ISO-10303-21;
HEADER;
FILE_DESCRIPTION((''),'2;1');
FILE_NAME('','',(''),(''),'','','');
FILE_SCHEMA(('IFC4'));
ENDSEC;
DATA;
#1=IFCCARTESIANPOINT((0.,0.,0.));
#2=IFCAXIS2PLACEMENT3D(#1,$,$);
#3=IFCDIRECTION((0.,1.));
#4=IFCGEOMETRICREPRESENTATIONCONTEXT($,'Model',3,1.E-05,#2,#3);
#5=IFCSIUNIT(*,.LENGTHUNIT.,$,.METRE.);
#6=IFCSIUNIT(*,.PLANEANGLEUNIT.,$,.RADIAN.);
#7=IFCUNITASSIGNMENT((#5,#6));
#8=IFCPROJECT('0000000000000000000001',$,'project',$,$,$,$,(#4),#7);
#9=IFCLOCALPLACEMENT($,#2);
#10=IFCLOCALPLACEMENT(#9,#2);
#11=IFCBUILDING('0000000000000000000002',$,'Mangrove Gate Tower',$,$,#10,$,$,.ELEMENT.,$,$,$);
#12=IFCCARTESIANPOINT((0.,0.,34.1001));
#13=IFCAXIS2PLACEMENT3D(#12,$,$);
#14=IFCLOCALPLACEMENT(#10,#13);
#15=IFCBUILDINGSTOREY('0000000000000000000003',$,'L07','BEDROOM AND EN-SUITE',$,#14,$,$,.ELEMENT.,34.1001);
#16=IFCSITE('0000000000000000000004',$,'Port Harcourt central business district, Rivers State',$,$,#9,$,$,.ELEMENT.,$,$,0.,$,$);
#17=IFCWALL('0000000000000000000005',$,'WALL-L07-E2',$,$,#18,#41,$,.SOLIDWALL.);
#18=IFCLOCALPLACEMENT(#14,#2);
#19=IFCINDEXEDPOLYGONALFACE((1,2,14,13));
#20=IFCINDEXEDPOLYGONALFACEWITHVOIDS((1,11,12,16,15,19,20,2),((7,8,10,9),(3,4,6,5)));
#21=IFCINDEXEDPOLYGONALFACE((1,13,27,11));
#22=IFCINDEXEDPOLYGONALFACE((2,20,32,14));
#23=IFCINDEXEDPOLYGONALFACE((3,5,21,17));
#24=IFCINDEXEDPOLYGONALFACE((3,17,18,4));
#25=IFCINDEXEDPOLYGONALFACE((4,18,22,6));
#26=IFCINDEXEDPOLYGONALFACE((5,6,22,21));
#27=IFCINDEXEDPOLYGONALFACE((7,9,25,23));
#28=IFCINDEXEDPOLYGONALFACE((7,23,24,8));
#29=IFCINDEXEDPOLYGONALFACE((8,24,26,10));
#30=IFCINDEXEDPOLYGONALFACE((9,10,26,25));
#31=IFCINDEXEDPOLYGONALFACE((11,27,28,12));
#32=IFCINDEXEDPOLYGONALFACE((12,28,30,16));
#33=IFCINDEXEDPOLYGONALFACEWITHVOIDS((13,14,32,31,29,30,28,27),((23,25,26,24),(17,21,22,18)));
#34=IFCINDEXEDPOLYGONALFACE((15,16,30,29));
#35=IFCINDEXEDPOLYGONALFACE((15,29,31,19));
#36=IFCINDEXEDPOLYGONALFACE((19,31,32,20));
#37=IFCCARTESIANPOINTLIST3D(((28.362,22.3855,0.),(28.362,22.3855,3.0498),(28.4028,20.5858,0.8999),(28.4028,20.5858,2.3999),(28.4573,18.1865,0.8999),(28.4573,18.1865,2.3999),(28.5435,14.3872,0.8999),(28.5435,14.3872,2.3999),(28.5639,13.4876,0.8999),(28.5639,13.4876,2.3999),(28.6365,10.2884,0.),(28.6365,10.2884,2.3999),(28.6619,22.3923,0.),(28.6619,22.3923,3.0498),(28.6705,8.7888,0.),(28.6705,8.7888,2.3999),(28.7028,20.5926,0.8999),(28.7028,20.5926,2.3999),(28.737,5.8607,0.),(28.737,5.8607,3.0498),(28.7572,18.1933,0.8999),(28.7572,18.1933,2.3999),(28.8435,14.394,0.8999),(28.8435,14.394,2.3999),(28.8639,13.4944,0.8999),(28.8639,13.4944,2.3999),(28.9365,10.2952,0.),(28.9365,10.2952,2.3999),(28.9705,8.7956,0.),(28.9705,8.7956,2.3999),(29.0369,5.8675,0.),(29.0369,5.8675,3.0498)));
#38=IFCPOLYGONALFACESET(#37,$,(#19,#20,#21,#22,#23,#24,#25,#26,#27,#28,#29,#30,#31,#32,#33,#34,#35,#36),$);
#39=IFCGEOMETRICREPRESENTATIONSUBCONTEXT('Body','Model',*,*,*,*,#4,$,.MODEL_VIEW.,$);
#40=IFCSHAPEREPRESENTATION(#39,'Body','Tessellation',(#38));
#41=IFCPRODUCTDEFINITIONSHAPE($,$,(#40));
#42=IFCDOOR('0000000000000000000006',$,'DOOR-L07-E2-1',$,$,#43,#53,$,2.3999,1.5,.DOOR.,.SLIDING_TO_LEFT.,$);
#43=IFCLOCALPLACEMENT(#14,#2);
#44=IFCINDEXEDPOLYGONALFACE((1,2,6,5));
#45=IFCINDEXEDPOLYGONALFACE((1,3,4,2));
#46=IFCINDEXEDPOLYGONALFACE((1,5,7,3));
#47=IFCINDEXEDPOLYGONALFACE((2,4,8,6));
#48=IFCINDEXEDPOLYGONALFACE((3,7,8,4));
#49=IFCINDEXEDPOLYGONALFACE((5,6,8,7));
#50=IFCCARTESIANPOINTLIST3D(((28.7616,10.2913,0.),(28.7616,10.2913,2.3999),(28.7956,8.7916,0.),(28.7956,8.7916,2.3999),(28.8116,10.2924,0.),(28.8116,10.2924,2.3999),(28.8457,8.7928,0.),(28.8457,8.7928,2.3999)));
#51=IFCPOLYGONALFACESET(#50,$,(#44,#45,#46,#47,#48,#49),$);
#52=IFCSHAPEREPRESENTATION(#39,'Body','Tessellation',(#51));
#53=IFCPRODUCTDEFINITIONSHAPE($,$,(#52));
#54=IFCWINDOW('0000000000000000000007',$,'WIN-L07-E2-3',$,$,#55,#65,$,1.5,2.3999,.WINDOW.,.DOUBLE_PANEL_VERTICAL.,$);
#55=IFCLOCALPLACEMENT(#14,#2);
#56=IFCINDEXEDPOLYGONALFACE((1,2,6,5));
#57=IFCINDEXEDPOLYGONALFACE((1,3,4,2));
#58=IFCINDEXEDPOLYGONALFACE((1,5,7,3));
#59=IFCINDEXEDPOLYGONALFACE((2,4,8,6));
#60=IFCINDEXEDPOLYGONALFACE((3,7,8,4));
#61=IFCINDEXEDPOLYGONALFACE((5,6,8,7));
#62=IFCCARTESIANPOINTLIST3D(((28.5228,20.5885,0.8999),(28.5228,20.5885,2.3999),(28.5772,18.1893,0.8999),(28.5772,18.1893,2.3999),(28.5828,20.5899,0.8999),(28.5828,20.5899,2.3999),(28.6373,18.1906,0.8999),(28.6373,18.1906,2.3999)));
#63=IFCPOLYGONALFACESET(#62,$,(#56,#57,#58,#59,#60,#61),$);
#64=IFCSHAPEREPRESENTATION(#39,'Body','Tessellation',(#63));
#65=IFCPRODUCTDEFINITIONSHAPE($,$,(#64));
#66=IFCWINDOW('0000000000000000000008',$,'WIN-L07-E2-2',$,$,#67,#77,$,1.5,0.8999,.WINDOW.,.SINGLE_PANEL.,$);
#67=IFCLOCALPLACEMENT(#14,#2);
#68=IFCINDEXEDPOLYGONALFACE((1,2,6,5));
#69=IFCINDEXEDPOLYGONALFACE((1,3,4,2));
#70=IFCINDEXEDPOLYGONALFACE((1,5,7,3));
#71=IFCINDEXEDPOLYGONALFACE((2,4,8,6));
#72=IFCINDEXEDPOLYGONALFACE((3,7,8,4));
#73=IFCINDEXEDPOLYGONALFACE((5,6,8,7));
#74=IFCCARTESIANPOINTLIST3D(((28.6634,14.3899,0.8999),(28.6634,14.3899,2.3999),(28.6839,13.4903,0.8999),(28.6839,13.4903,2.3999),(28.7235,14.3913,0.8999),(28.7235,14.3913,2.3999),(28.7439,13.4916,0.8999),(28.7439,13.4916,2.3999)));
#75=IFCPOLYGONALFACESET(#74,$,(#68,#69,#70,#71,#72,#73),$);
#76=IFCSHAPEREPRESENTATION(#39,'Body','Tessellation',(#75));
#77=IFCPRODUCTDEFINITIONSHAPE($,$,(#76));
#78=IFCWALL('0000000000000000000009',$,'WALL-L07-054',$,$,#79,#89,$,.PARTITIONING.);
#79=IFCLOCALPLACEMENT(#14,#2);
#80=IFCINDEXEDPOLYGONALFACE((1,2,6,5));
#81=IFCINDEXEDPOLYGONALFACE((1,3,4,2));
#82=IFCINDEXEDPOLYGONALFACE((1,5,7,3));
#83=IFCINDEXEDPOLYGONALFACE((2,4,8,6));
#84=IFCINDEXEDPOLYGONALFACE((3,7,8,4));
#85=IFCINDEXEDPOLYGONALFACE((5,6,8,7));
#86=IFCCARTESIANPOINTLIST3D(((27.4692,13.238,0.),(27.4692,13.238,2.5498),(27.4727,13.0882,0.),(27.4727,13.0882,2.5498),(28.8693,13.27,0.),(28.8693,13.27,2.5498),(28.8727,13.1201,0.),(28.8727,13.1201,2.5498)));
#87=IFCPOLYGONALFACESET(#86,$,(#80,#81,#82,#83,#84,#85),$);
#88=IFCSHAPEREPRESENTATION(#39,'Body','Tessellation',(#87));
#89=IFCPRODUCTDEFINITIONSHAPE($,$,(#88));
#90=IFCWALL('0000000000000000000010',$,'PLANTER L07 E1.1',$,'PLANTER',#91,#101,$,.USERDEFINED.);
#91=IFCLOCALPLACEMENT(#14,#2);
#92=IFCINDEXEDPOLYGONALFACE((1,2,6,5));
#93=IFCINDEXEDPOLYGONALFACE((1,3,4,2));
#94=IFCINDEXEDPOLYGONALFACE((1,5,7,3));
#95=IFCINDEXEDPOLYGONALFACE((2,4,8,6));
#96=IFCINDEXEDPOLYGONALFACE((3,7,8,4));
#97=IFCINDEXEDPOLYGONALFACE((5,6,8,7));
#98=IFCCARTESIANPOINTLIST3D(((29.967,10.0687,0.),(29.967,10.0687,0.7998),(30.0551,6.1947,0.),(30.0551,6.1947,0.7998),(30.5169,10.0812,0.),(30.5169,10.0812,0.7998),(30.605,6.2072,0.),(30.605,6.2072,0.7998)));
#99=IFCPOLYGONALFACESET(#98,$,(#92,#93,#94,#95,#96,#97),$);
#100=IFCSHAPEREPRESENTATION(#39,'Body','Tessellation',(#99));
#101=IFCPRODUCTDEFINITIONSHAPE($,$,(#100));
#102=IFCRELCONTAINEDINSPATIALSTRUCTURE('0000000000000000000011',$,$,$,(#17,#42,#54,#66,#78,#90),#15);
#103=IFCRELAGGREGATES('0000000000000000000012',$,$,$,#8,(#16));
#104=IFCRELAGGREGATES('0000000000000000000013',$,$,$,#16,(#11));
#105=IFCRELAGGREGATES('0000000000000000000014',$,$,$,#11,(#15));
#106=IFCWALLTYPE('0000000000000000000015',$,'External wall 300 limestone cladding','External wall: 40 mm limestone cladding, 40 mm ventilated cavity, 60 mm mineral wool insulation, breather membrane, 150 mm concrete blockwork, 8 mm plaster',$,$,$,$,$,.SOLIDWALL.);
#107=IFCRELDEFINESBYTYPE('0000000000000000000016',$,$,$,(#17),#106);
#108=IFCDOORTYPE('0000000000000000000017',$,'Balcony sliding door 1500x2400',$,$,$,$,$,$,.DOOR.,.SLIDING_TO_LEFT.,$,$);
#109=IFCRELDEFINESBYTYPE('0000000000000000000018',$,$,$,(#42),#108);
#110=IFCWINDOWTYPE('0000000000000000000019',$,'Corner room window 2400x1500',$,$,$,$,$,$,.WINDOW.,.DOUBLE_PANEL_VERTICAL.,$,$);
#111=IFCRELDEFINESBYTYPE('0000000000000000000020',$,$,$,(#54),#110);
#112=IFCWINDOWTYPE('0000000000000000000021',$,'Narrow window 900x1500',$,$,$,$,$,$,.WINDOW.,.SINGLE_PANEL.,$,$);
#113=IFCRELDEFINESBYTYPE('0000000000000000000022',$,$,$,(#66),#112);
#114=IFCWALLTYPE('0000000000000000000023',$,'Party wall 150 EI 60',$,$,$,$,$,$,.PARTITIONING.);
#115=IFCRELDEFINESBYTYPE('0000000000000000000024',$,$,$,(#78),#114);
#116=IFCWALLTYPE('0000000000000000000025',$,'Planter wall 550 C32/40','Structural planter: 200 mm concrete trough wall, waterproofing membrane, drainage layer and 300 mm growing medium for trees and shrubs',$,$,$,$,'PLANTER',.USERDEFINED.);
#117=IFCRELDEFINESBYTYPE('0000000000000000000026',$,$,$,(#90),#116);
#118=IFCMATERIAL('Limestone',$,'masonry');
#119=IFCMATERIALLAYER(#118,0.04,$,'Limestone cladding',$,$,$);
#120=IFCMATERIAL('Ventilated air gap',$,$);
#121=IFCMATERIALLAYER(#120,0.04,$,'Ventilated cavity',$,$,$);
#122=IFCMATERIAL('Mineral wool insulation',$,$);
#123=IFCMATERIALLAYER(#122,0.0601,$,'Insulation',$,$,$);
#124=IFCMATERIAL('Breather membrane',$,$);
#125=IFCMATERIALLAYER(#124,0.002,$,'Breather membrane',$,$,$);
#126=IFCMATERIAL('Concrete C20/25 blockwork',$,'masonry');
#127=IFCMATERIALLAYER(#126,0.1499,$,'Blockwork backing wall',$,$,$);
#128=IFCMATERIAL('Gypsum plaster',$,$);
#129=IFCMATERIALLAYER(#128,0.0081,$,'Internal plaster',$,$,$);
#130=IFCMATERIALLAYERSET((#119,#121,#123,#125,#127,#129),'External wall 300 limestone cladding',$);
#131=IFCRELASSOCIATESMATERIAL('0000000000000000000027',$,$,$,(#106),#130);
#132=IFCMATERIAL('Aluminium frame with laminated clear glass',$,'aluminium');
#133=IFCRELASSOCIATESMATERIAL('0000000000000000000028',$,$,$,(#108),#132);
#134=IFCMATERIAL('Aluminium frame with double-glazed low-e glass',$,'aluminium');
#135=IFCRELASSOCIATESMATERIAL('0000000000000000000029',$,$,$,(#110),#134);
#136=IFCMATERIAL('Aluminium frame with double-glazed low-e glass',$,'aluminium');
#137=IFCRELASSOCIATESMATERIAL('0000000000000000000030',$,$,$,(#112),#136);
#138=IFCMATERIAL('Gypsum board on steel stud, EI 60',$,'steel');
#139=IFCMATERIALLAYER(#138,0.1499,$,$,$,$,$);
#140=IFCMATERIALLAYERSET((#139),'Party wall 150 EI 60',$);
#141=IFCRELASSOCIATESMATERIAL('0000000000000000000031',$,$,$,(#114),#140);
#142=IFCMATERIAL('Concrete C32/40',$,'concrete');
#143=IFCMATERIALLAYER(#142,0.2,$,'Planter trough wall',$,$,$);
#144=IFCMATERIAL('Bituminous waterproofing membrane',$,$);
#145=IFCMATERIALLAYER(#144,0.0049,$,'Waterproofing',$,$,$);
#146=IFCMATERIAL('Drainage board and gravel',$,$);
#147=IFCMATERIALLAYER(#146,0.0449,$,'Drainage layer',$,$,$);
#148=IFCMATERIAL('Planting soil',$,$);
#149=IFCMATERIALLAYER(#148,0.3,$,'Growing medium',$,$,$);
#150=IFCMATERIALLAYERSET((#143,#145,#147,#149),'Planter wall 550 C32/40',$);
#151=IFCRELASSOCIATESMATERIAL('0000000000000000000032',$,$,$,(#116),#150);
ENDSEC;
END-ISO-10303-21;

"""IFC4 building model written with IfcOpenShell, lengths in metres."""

from ifc_helpers import new_model, si_unit, direction, frame, frame_2d, origin, place, context, subcontext, project, spatial, rectangle, extrude, material, layer, layer_set, type_object, element, fill, save


model = new_model("IFC4")

# Units and contexts
model_context = context("Model", 3, precision=1e-05, world=origin(), true_north=direction((0.0, 1.0)))
body_context = subcontext(model_context, "Body", "Model", "MODEL_VIEW")
ifc_project = project(units=[si_unit("LENGTHUNIT", "METRE"), si_unit("PLANEANGLEUNIT", "RADIAN")], contexts=[model_context])

# Site, building, storey
site_placement = place(None, origin())
site = spatial("IfcSite", under=ifc_project, at=site_placement, Name="Port Harcourt central business district, Rivers State", CompositionType="ELEMENT", RefElevation=0.0)
building_placement = place(site_placement, origin())
building = spatial("IfcBuilding", under=site, at=building_placement, Name="Mangrove Gate Tower", CompositionType="ELEMENT")
storey_placement = place(building_placement, frame((0.0, 0.0, 34.1001)))
storey = spatial("IfcBuildingStorey", under=building, at=storey_placement, Name="L07", Description="BEDROOM AND EN-SUITE", CompositionType="ELEMENT", Elevation=34.1001)

# Wall, openings, door, windows
ifc_material_1 = material(Name="Limestone", Category="masonry")
ifc_layer_1 = layer(ifc_material_1, 0.04, Name="Limestone cladding")
ifc_material_2 = material(Name="Ventilated air gap")
ifc_layer_2 = layer(ifc_material_2, 0.04, Name="Ventilated cavity")
ifc_material_3 = material(Name="Mineral wool insulation")
ifc_layer_3 = layer(ifc_material_3, 0.0601, Name="Insulation")
ifc_material_4 = material(Name="Breather membrane")
ifc_layer_4 = layer(ifc_material_4, 0.002, Name="Breather membrane")
ifc_material_5 = material(Name="Concrete C20/25 blockwork", Category="masonry")
ifc_layer_5 = layer(ifc_material_5, 0.1499, Name="Blockwork backing wall")
ifc_material_6 = material(Name="Gypsum plaster")
ifc_layer_6 = layer(ifc_material_6, 0.0081, Name="Internal plaster")
ifc_layer_set_1 = layer_set([ifc_layer_1, ifc_layer_2, ifc_layer_3, ifc_layer_4, ifc_layer_5, ifc_layer_6], Name="External wall 300 limestone cladding")
wall_type_1 = type_object("IfcWallType", Name="External wall 300 limestone cladding", Description="External wall: 40 mm limestone cladding, 40 mm ventilated cavity, 60 mm mineral wool insulation, breather membrane, 150 mm concrete blockwork, 8 mm plaster", PredefinedType="SOLIDWALL", material=ifc_layer_set_1)
wall_1_placement = place(storey_placement, frame((28.887, 5.864, 0.0), z_axis=(0.0, 0.0, 1.0), x_axis=(-0.022687, 0.999743, 0.0)))
wall_1 = element("IfcWall", 1, at=wall_1_placement, inside=storey, type_object=wall_type_1, Name="WALL-L07-E2", PredefinedType="SOLIDWALL", context=body_context, shape_type="SweptSolid", body=[
    extrude(rectangle(XDim=16.5291, YDim=0.3, at=frame_2d((8.2646, 0.0))), origin(), (0.0, 0.0, 1.0), 3.0498),
])
opening_1_placement = place(wall_1_placement, frame((2.929, 0.0, 0.0)))
opening_1 = element("IfcOpeningElement", 2, at=opening_1_placement, cuts=wall_1, PredefinedType="OPENING", context=body_context, shape_type="SweptSolid", body=[
    extrude(rectangle(XDim=1.5, YDim=2.3999, at=frame_2d((0.75, 1.2))), frame((0.0, 0.1599, 0.0), z_axis=(0.0, -1.0, 0.0), x_axis=(1.0, 0.0, 0.0)), (0.0, 0.0, 1.0), 0.3201),
])
opening_2_placement = place(wall_1_placement, frame((7.6289, 0.0, 0.8999)))
opening_2 = element("IfcOpeningElement", 3, at=opening_2_placement, cuts=wall_1, PredefinedType="OPENING", context=body_context, shape_type="SweptSolid", body=[
    extrude(rectangle(XDim=0.8999, YDim=1.5, at=frame_2d((0.45, 0.75))), frame((0.0, 0.1599, 0.0), z_axis=(0.0, -1.0, 0.0), x_axis=(1.0, 0.0, 0.0)), (0.0, 0.0, 1.0), 0.3201),
])
opening_3_placement = place(wall_1_placement, frame((12.3291, 0.0, 0.8999)))
opening_3 = element("IfcOpeningElement", 4, at=opening_3_placement, cuts=wall_1, PredefinedType="OPENING", context=body_context, shape_type="SweptSolid", body=[
    extrude(rectangle(XDim=2.3999, YDim=1.5, at=frame_2d((1.2, 0.75))), frame((0.0, 0.1599, 0.0), z_axis=(0.0, -1.0, 0.0), x_axis=(1.0, 0.0, 0.0)), (0.0, 0.0, 1.0), 0.3201),
])
ifc_material_7 = material(Name="Aluminium frame with laminated clear glass", Category="aluminium")
door_type = type_object("IfcDoorType", Name="Balcony sliding door 1500x2400", OperationType="SLIDING_TO_LEFT", PredefinedType="DOOR", material=ifc_material_7)
door_placement = place(opening_1_placement, origin())
door = element("IfcDoor", 5, at=door_placement, inside=storey, type_object=door_type, Name="DOOR-L07-E2-1", OperationType="SLIDING_TO_LEFT", OverallHeight=2.3999, OverallWidth=1.5, PredefinedType="DOOR", context=body_context, shape_type="SweptSolid", body=[
    extrude(rectangle(XDim=1.5, YDim=2.3999, at=frame_2d((0.75, 1.2))), frame((0.0, 0.0249, 0.0), z_axis=(0.0, -1.0, 0.0), x_axis=(1.0, 0.0, 0.0)), (0.0, 0.0, 1.0), 0.05),
])
fill(opening_1, door)
ifc_material_8 = material(Name="Aluminium frame with double-glazed low-e glass", Category="aluminium")
window_type_1 = type_object("IfcWindowType", Name="Corner room window 2400x1500", PartitioningType="DOUBLE_PANEL_VERTICAL", PredefinedType="WINDOW", material=ifc_material_8)
window_1_placement = place(opening_3_placement, origin())
window_1 = element("IfcWindow", 6, at=window_1_placement, inside=storey, type_object=window_type_1, Name="WIN-L07-E2-3", OverallHeight=1.5, OverallWidth=2.3999, PartitioningType="DOUBLE_PANEL_VERTICAL", PredefinedType="WINDOW", context=body_context, shape_type="SweptSolid", body=[
    extrude(rectangle(XDim=2.3999, YDim=1.5, at=frame_2d((1.2, 0.75))), frame((0.0, 0.03, 0.0), z_axis=(0.0, -1.0, 0.0), x_axis=(1.0, 0.0, 0.0)), (0.0, 0.0, 1.0), 0.0601),
])
fill(opening_3, window_1)
ifc_material_9 = material(Name="Aluminium frame with double-glazed low-e glass", Category="aluminium")
window_type_2 = type_object("IfcWindowType", Name="Narrow window 900x1500", PartitioningType="SINGLE_PANEL", PredefinedType="WINDOW", material=ifc_material_9)
window_2_placement = place(opening_2_placement, origin())
window_2 = element("IfcWindow", 7, at=window_2_placement, inside=storey, type_object=window_type_2, Name="WIN-L07-E2-2", OverallHeight=1.5, OverallWidth=0.8999, PartitioningType="SINGLE_PANEL", PredefinedType="WINDOW", context=body_context, shape_type="SweptSolid", body=[
    extrude(rectangle(XDim=0.8999, YDim=1.5, at=frame_2d((0.45, 0.75))), frame((0.0, 0.03, 0.0), z_axis=(0.0, -1.0, 0.0), x_axis=(1.0, 0.0, 0.0)), (0.0, 0.0, 1.0), 0.0601),
])
fill(opening_2, window_2)

# Walls
ifc_material_10 = material(Name="Gypsum board on steel stud, EI 60", Category="steel")
ifc_layer_7 = layer(ifc_material_10, 0.1499)
ifc_layer_set_2 = layer_set([ifc_layer_7], Name="Party wall 150 EI 60")
wall_type_2 = type_object("IfcWallType", Name="Party wall 150 EI 60", PredefinedType="PARTITIONING", material=ifc_layer_set_2)
wall_2_placement = place(storey_placement, frame((27.4709, 13.1631, 0.0), z_axis=(0.0, 0.0, 1.0), x_axis=(0.999739, 0.022836, 0.0)))
element("IfcWall", 8, at=wall_2_placement, inside=storey, type_object=wall_type_2, Name="WALL-L07-054", PredefinedType="PARTITIONING", context=body_context, shape_type="SweptSolid", body=[
    extrude(rectangle(XDim=1.4004, YDim=0.1499, at=frame_2d((0.7002, 0.0))), origin(), (0.0, 0.0, 1.0), 2.5498),
])
ifc_material_11 = material(Name="Concrete C32/40", Category="concrete")
ifc_layer_8 = layer(ifc_material_11, 0.2, Name="Planter trough wall")
ifc_material_12 = material(Name="Bituminous waterproofing membrane")
ifc_layer_9 = layer(ifc_material_12, 0.0049, Name="Waterproofing")
ifc_material_13 = material(Name="Drainage board and gravel")
ifc_layer_10 = layer(ifc_material_13, 0.0449, Name="Drainage layer")
ifc_material_14 = material(Name="Planting soil")
ifc_layer_11 = layer(ifc_material_14, 0.3, Name="Growing medium")
ifc_layer_set_3 = layer_set([ifc_layer_8, ifc_layer_9, ifc_layer_10, ifc_layer_11], Name="Planter wall 550 C32/40")
wall_type_3 = type_object("IfcWallType", Name="Planter wall 550 C32/40", Description="Structural planter: 200 mm concrete trough wall, waterproofing membrane, drainage layer and 300 mm growing medium for trees and shrubs", ElementType="PLANTER", PredefinedType="USERDEFINED", material=ifc_layer_set_3)
wall_3_placement = place(storey_placement, frame((30.3301, 6.2009, 0.0), z_axis=(0.0, 0.0, 1.0), x_axis=(-0.022744, 0.999741, 0.0)))
element("IfcWall", 9, at=wall_3_placement, inside=storey, type_object=wall_type_3, Name="PLANTER L07 E1.1", ObjectType="PLANTER", PredefinedType="USERDEFINED", context=body_context, shape_type="SweptSolid", body=[
    extrude(rectangle(XDim=3.875, YDim=0.55, at=frame_2d((1.9375, 0.0))), origin(), (0.0, 0.0, 1.0), 0.7998),
])

save(model, "model.ifc")
